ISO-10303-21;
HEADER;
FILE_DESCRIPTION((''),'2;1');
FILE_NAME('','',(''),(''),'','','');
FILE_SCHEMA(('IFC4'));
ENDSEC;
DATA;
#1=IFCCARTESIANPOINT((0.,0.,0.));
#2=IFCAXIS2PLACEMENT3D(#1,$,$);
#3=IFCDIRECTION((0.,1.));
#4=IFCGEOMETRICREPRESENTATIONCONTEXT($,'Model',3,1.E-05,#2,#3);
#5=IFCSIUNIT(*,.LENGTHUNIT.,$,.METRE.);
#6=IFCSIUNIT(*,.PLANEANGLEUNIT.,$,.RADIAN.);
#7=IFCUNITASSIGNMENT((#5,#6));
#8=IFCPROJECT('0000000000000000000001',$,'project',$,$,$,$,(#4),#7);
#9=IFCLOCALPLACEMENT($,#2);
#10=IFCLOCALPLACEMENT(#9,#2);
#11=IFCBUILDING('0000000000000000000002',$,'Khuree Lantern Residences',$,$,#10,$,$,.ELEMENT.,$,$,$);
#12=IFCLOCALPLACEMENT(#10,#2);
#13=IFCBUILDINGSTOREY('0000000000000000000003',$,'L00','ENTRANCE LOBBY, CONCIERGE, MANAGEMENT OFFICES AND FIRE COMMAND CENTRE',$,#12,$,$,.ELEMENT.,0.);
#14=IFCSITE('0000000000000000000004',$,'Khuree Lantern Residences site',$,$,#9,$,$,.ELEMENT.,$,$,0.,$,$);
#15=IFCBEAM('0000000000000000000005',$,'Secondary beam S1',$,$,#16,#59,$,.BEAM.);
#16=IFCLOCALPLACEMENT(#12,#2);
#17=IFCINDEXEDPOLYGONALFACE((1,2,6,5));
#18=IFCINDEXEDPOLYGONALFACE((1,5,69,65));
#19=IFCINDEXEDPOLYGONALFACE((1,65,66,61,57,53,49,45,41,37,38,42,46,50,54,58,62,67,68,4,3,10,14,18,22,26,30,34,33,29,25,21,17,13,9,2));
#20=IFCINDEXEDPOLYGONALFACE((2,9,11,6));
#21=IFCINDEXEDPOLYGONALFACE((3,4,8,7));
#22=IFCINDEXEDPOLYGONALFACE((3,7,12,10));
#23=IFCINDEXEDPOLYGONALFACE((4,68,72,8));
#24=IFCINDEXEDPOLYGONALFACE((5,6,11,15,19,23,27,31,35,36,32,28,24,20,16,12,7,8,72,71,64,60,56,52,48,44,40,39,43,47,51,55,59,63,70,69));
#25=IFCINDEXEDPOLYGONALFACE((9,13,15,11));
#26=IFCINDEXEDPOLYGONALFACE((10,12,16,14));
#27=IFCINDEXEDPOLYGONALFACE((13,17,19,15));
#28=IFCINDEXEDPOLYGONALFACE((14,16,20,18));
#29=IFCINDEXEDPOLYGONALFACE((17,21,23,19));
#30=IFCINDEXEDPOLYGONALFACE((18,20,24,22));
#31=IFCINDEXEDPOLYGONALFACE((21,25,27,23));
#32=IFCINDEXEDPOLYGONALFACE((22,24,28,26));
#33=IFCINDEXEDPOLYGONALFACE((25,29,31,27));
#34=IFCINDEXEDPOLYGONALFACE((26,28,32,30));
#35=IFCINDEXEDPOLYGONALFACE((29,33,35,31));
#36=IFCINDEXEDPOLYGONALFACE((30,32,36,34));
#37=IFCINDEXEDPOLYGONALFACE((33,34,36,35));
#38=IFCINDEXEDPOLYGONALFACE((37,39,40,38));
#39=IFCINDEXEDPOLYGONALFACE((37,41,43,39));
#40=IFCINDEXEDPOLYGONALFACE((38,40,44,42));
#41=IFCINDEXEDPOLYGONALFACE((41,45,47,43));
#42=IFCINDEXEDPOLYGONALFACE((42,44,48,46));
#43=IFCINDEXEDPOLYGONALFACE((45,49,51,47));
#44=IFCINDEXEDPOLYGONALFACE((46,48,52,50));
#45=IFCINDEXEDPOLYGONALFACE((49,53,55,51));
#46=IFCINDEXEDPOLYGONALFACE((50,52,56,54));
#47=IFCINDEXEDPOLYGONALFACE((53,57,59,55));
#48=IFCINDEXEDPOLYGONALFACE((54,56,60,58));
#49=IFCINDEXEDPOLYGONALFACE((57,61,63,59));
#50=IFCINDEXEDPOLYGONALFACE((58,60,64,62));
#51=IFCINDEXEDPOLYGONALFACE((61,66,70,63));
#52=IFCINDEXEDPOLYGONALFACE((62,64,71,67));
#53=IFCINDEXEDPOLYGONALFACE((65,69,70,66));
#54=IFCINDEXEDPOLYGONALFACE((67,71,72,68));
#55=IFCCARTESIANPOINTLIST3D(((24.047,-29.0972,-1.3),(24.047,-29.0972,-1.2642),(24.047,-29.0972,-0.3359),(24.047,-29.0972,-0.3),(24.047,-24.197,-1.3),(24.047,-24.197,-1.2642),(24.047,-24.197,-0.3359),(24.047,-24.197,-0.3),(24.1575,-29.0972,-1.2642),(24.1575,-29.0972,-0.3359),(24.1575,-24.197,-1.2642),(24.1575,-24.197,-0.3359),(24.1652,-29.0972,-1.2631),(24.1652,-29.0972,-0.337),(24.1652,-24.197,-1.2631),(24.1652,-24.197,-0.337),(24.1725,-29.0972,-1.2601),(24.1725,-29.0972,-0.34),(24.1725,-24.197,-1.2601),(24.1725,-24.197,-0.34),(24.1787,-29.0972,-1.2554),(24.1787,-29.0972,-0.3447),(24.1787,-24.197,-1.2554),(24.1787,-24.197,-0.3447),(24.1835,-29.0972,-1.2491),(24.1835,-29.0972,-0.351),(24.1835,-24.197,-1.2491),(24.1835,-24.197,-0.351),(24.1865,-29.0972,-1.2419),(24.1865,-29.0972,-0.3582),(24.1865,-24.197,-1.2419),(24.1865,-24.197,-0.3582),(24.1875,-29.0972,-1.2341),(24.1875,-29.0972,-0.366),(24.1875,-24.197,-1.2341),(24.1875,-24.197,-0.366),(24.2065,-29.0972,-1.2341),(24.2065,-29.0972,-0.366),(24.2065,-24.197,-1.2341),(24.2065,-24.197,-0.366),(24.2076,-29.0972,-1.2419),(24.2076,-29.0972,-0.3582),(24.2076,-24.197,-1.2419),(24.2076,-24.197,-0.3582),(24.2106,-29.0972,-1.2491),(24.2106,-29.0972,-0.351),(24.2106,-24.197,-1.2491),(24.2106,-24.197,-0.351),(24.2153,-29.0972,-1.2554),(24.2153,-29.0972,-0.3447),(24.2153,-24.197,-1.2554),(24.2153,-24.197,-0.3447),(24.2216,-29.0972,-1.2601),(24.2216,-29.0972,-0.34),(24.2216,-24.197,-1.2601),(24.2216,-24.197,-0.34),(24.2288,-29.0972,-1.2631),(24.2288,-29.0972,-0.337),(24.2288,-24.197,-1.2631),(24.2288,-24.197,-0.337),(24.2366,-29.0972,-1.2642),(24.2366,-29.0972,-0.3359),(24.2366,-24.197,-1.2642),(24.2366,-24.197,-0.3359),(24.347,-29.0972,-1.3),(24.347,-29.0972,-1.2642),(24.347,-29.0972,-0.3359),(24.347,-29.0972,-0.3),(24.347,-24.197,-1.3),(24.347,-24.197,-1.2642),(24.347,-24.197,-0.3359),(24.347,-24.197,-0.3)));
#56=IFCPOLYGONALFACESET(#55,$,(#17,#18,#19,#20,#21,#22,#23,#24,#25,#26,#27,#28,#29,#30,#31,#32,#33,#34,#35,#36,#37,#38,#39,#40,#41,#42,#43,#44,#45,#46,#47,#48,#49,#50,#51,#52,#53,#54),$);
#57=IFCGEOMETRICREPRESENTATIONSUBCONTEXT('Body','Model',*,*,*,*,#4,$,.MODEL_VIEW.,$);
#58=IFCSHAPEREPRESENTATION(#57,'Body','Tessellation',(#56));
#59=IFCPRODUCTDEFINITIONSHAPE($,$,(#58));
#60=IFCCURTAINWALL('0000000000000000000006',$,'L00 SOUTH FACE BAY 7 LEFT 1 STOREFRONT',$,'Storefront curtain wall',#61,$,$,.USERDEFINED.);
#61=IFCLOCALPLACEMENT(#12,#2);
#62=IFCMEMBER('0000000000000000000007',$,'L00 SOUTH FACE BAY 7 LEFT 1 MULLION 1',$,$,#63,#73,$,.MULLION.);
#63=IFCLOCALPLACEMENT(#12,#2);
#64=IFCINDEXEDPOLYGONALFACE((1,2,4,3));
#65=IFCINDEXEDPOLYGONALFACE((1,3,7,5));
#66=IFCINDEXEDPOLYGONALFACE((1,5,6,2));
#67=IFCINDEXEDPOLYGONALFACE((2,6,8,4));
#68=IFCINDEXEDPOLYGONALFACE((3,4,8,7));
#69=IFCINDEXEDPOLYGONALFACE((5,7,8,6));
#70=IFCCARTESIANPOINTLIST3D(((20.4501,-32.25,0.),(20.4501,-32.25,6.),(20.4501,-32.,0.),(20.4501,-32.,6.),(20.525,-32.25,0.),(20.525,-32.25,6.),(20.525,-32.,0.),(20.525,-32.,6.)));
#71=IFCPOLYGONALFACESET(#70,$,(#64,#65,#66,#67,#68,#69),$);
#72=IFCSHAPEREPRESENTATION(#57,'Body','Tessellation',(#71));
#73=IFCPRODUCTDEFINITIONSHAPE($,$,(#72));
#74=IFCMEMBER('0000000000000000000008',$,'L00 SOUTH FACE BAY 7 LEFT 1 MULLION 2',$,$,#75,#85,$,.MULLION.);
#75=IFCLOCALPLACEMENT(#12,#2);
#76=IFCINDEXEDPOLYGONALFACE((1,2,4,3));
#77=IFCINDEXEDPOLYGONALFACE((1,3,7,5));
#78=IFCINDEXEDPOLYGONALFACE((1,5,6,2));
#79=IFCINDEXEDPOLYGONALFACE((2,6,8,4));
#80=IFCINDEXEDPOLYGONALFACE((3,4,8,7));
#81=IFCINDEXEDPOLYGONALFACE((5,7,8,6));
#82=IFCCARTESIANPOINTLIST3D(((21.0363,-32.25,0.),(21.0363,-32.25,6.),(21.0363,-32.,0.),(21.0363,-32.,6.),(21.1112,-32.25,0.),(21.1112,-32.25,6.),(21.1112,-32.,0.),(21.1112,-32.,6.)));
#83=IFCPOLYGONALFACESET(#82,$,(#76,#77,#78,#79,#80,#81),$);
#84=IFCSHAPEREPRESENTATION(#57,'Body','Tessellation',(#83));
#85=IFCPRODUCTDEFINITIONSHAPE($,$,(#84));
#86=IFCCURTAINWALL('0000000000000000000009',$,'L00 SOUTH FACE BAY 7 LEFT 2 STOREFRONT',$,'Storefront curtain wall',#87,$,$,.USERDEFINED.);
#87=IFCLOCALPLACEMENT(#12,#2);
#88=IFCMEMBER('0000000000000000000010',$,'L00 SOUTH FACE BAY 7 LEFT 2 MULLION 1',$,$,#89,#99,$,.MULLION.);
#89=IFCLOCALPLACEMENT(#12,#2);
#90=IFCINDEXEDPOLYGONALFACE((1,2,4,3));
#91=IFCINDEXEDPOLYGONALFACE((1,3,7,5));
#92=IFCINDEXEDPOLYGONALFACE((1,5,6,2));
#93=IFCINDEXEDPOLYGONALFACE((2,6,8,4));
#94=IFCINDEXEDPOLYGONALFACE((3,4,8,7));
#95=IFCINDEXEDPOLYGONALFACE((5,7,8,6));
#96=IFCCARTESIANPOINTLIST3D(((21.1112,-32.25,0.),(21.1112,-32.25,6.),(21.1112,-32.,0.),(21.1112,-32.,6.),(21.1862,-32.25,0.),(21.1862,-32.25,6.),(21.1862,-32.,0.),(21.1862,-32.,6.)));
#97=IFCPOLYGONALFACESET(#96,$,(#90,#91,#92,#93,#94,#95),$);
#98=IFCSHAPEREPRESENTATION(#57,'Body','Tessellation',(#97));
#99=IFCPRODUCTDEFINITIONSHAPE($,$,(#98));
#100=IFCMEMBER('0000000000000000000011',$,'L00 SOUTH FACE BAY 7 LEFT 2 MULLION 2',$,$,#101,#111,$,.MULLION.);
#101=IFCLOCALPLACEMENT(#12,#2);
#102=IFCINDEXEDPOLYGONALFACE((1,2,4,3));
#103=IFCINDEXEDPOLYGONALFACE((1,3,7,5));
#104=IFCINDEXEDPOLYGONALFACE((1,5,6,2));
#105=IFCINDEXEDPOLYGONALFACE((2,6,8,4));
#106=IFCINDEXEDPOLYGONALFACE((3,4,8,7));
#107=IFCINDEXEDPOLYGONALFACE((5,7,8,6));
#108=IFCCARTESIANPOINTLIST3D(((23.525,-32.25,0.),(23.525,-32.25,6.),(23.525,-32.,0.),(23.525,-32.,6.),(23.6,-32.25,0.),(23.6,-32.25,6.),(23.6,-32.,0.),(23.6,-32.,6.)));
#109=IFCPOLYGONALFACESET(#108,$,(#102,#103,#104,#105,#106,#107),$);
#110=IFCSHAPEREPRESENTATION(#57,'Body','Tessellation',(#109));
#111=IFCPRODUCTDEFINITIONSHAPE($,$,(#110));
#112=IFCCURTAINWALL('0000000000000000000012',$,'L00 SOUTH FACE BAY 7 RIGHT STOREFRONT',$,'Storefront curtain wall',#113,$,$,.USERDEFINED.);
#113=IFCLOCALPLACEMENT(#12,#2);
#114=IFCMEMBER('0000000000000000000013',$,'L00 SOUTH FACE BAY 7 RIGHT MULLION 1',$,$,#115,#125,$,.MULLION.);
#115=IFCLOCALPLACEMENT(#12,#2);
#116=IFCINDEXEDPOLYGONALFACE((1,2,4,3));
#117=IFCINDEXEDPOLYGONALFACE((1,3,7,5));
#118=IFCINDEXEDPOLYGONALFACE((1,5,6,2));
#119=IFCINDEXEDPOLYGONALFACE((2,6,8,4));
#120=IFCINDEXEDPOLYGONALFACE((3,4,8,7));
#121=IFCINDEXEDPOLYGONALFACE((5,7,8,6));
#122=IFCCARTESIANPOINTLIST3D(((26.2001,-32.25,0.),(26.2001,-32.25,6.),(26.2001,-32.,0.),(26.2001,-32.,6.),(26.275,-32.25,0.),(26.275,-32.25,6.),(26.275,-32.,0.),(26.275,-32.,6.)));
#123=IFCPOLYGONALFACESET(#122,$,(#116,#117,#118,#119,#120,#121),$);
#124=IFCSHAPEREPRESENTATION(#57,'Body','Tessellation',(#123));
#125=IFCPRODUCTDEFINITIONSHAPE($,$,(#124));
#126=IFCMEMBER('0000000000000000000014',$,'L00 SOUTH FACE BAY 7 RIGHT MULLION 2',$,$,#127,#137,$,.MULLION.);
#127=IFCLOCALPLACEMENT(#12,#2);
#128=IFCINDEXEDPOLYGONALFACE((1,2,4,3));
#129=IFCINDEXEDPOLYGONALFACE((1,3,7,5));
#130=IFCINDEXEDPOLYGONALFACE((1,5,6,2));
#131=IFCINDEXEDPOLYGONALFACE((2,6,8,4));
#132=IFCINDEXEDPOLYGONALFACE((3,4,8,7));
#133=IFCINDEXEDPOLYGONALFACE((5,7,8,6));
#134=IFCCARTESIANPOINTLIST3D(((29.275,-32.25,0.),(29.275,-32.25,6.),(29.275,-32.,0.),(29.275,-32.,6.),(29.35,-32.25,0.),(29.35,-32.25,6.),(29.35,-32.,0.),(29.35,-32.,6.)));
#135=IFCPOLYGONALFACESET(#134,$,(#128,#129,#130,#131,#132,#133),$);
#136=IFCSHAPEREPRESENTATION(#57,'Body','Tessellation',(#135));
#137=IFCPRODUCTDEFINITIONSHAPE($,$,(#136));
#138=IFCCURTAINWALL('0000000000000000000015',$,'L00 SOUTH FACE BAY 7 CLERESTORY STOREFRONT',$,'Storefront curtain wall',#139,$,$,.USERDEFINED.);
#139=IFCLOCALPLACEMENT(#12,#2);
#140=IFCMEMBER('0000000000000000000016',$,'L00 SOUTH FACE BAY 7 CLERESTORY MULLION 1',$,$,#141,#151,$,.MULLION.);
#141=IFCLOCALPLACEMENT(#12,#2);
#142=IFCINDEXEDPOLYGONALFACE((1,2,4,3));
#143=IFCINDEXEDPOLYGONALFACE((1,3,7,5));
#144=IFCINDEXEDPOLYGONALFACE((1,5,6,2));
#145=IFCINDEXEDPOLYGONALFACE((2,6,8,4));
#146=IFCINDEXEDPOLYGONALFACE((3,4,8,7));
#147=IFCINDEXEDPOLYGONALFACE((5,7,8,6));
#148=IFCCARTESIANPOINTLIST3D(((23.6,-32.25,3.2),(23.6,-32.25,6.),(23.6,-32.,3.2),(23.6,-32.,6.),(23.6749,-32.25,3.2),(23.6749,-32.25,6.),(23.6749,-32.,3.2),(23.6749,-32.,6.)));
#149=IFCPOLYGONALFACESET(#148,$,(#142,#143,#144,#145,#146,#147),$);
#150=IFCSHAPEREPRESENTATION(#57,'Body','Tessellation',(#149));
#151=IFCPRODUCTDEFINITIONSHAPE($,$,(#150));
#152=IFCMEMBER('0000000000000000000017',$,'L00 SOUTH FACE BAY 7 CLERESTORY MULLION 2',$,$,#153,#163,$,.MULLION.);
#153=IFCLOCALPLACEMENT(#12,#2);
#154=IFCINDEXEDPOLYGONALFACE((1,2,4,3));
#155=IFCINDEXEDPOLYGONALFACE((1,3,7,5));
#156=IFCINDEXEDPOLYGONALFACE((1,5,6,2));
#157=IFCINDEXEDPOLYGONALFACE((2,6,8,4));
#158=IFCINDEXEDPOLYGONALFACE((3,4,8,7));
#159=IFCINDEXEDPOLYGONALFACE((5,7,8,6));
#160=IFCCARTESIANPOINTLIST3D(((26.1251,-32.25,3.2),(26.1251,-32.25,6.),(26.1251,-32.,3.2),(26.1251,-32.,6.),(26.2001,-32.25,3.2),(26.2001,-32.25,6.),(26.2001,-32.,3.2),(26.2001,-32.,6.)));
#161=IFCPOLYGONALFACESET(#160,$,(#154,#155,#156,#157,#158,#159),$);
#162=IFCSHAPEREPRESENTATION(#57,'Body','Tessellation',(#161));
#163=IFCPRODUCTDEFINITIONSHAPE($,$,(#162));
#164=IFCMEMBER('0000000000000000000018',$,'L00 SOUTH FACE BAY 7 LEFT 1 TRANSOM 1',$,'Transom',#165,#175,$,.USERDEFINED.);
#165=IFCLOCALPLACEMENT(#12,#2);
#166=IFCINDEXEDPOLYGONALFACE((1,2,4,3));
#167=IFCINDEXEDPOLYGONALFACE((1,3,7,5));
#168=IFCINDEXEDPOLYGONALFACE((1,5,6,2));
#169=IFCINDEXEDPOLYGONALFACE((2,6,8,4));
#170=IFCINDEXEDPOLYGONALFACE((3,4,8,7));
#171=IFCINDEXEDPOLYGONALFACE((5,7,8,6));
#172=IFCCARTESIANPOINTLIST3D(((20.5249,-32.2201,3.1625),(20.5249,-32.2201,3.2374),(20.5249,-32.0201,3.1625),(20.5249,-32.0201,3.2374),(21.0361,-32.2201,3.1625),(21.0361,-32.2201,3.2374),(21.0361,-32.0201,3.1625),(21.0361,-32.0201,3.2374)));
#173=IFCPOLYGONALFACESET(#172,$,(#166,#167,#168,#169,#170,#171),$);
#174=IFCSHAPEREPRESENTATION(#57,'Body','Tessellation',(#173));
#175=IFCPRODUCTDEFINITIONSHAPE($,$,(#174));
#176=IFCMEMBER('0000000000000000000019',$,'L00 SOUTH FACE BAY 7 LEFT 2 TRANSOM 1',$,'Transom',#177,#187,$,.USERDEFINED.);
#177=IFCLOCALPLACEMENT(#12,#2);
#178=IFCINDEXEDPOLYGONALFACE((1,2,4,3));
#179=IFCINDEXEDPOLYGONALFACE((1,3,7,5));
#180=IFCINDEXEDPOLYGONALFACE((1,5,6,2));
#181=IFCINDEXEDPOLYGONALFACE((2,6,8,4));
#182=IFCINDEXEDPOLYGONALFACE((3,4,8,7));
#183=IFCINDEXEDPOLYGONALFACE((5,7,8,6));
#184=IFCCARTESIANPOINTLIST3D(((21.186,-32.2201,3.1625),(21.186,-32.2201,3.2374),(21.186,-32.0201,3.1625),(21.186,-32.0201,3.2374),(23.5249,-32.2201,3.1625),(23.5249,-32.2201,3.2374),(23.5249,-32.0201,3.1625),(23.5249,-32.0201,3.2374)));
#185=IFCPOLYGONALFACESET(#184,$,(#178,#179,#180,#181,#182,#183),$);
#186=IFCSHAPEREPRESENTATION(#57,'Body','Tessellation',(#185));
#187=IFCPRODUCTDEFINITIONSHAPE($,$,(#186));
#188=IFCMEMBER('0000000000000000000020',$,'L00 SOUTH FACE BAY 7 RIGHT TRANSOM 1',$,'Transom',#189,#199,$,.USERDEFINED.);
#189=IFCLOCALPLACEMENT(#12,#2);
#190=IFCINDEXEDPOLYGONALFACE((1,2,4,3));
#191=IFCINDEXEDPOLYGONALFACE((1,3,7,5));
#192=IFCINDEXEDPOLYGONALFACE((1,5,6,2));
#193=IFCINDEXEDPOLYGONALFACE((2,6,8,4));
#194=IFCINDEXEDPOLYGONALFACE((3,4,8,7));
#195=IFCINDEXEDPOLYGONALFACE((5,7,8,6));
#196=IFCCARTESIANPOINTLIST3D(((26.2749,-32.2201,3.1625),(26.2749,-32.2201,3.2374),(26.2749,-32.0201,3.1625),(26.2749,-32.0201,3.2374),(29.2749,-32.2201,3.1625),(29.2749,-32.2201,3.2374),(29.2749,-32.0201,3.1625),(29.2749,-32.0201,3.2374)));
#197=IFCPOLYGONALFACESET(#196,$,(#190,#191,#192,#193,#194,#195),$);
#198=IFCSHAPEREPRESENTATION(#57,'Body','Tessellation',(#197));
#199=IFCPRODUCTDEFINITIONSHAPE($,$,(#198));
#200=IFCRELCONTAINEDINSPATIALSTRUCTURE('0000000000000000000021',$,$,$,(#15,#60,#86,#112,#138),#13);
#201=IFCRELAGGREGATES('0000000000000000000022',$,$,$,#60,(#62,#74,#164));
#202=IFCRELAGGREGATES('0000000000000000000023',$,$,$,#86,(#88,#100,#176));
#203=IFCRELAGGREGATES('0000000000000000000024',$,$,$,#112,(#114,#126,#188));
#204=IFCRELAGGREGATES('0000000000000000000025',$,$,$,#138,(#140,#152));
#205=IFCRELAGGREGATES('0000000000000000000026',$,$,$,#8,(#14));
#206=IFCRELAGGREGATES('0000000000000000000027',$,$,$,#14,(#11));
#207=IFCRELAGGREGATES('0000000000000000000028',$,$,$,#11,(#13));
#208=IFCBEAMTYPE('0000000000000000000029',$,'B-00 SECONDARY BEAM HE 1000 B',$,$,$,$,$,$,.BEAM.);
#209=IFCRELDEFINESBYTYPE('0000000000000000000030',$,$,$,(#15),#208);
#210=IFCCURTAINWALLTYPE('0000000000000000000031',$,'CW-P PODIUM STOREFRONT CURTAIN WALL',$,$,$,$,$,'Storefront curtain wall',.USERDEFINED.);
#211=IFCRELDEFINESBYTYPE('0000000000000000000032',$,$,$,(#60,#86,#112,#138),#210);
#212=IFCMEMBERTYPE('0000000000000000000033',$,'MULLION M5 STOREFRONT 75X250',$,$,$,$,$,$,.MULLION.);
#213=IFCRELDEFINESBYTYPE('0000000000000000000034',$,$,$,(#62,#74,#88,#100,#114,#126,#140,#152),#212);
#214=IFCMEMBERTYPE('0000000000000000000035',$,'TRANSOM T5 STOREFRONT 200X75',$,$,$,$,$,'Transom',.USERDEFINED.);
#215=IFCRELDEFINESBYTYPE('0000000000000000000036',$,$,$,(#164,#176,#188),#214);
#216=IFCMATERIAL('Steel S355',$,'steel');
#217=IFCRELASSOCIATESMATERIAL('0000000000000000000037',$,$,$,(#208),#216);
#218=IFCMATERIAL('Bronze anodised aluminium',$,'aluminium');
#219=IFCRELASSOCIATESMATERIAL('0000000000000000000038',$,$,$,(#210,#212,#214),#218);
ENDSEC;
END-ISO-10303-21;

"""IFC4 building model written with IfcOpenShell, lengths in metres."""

from ifc_helpers import new_model, si_unit, direction, frame, origin, origin_2d, place, context, subcontext, project, spatial, rectangle, i_section, extrude, material, material_profile, profile_set, type_object, element, aggregate, save


model = new_model("IFC4")

# Units and contexts
model_context = context("Model", 3, precision=1e-05, world=origin(), true_north=direction((0.0, 1.0)))
body_context = subcontext(model_context, "Body", "Model", "MODEL_VIEW")
ifc_project = project(units=[si_unit("LENGTHUNIT", "METRE"), si_unit("PLANEANGLEUNIT", "RADIAN")], contexts=[model_context])

# Site, building, storey
site_placement = place(None, origin())
site = spatial("IfcSite", under=ifc_project, at=site_placement, Name="Khuree Lantern Residences site", CompositionType="ELEMENT", RefElevation=0.0)
building_placement = place(site_placement, origin())
building = spatial("IfcBuilding", under=site, at=building_placement, Name="Khuree Lantern Residences", CompositionType="ELEMENT")
storey_placement = place(building_placement, origin())
storey = spatial("IfcBuildingStorey", under=building, at=storey_placement, Name="L00", Description="ENTRANCE LOBBY, CONCIERGE, MANAGEMENT OFFICES AND FIRE COMMAND CENTRE", CompositionType="ELEMENT", Elevation=0.0)

# Beam
ifc_material_1 = material(Name="Steel S355", Category="steel")
ifc_material_profile_1 = material_profile(ifc_material_1, i_section(OverallWidth=0.3, OverallDepth=1.0, WebThickness=0.019, FlangeThickness=0.0359, FilletRadius=0.03, at=origin_2d()), Name="HE 1000 B")
ifc_profile_set_1 = profile_set([ifc_material_profile_1], Name="Steel S355")
beam_type = type_object("IfcBeamType", Name="B-00 SECONDARY BEAM HE 1000 B", PredefinedType="BEAM", material=ifc_profile_set_1)
beam_placement = place(storey_placement, frame((24.197, -29.0972, -0.8), z_axis=(0.0, 1.0, 0.0), x_axis=(-1.0, 0.0, 0.0)))
element("IfcBeam", 1, at=beam_placement, inside=storey, type_object=beam_type, Name="Secondary beam S1", PredefinedType="BEAM", context=body_context, shape_type="SweptSolid", body=[
    extrude(i_section(OverallWidth=0.3, OverallDepth=1.0, WebThickness=0.019, FlangeThickness=0.0359, FilletRadius=0.03, at=origin_2d()), origin(), (0.0, 0.0, 1.0), 4.9001),
])

# Curtain walls, members
ifc_material_2 = material(Name="Bronze anodised aluminium", Category="aluminium")
curtain_wall_type = type_object("IfcCurtainWallType", Name="CW-P PODIUM STOREFRONT CURTAIN WALL", ElementType="Storefront curtain wall", PredefinedType="USERDEFINED", material=ifc_material_2)
curtain_wall_1_placement = place(storey_placement, origin())
curtain_wall_1 = element("IfcCurtainWall", 2, at=curtain_wall_1_placement, inside=storey, type_object=curtain_wall_type, Name="L00 SOUTH FACE BAY 7 LEFT 1 STOREFRONT", ObjectType="Storefront curtain wall", PredefinedType="USERDEFINED")
ifc_material_profile_2 = material_profile(ifc_material_2, rectangle(XDim=0.075, YDim=0.25, at=origin_2d()), Name="M5 75X250")
ifc_profile_set_2 = profile_set([ifc_material_profile_2], Name="Bronze anodised aluminium")
member_type_1 = type_object("IfcMemberType", Name="MULLION M5 STOREFRONT 75X250", PredefinedType="MULLION", material=ifc_profile_set_2)
member_1_placement = place(storey_placement, frame((20.4875, -32.125, 0.0), z_axis=(0.0, 0.0, 1.0), x_axis=(1.0, 0.0, 0.0)))
member_1 = element("IfcMember", 3, at=member_1_placement, type_object=member_type_1, Name="L00 SOUTH FACE BAY 7 LEFT 1 MULLION 1", PredefinedType="MULLION", context=body_context, shape_type="SweptSolid", body=[
    extrude(rectangle(XDim=0.075, YDim=0.25, at=origin_2d()), origin(), (0.0, 0.0, 1.0), 6.0),
])
member_2_placement = place(storey_placement, frame((21.0737, -32.125, 0.0), z_axis=(0.0, 0.0, 1.0), x_axis=(1.0, 0.0, 0.0)))
member_2 = element("IfcMember", 4, at=member_2_placement, type_object=member_type_1, Name="L00 SOUTH FACE BAY 7 LEFT 1 MULLION 2", PredefinedType="MULLION", context=body_context, shape_type="SweptSolid", body=[
    extrude(rectangle(XDim=0.075, YDim=0.25, at=origin_2d()), origin(), (0.0, 0.0, 1.0), 6.0),
])
curtain_wall_2_placement = place(storey_placement, origin())
curtain_wall_2 = element("IfcCurtainWall", 5, at=curtain_wall_2_placement, inside=storey, type_object=curtain_wall_type, Name="L00 SOUTH FACE BAY 7 LEFT 2 STOREFRONT", ObjectType="Storefront curtain wall", PredefinedType="USERDEFINED")
member_3_placement = place(storey_placement, frame((21.1487, -32.125, 0.0), z_axis=(0.0, 0.0, 1.0), x_axis=(1.0, 0.0, 0.0)))
member_3 = element("IfcMember", 6, at=member_3_placement, type_object=member_type_1, Name="L00 SOUTH FACE BAY 7 LEFT 2 MULLION 1", PredefinedType="MULLION", context=body_context, shape_type="SweptSolid", body=[
    extrude(rectangle(XDim=0.075, YDim=0.25, at=origin_2d()), origin(), (0.0, 0.0, 1.0), 6.0),
])
member_4_placement = place(storey_placement, frame((23.5625, -32.125, 0.0), z_axis=(0.0, 0.0, 1.0), x_axis=(1.0, 0.0, 0.0)))
member_4 = element("IfcMember", 7, at=member_4_placement, type_object=member_type_1, Name="L00 SOUTH FACE BAY 7 LEFT 2 MULLION 2", PredefinedType="MULLION", context=body_context, shape_type="SweptSolid", body=[
    extrude(rectangle(XDim=0.075, YDim=0.25, at=origin_2d()), origin(), (0.0, 0.0, 1.0), 6.0),
])
curtain_wall_3_placement = place(storey_placement, origin())
curtain_wall_3 = element("IfcCurtainWall", 8, at=curtain_wall_3_placement, inside=storey, type_object=curtain_wall_type, Name="L00 SOUTH FACE BAY 7 RIGHT STOREFRONT", ObjectType="Storefront curtain wall", PredefinedType="USERDEFINED")
member_5_placement = place(storey_placement, frame((26.2375, -32.125, 0.0), z_axis=(0.0, 0.0, 1.0), x_axis=(1.0, 0.0, 0.0)))
member_5 = element("IfcMember", 9, at=member_5_placement, type_object=member_type_1, Name="L00 SOUTH FACE BAY 7 RIGHT MULLION 1", PredefinedType="MULLION", context=body_context, shape_type="SweptSolid", body=[
    extrude(rectangle(XDim=0.075, YDim=0.25, at=origin_2d()), origin(), (0.0, 0.0, 1.0), 6.0),
])
member_6_placement = place(storey_placement, frame((29.3125, -32.125, 0.0), z_axis=(0.0, 0.0, 1.0), x_axis=(1.0, 0.0, 0.0)))
member_6 = element("IfcMember", 10, at=member_6_placement, type_object=member_type_1, Name="L00 SOUTH FACE BAY 7 RIGHT MULLION 2", PredefinedType="MULLION", context=body_context, shape_type="SweptSolid", body=[
    extrude(rectangle(XDim=0.075, YDim=0.25, at=origin_2d()), origin(), (0.0, 0.0, 1.0), 6.0),
])
curtain_wall_4_placement = place(storey_placement, origin())
curtain_wall_4 = element("IfcCurtainWall", 11, at=curtain_wall_4_placement, inside=storey, type_object=curtain_wall_type, Name="L00 SOUTH FACE BAY 7 CLERESTORY STOREFRONT", ObjectType="Storefront curtain wall", PredefinedType="USERDEFINED")
member_7_placement = place(storey_placement, frame((23.6375, -32.125, 3.2), z_axis=(0.0, 0.0, 1.0), x_axis=(1.0, 0.0, 0.0)))
member_7 = element("IfcMember", 12, at=member_7_placement, type_object=member_type_1, Name="L00 SOUTH FACE BAY 7 CLERESTORY MULLION 1", PredefinedType="MULLION", context=body_context, shape_type="SweptSolid", body=[
    extrude(rectangle(XDim=0.075, YDim=0.25, at=origin_2d()), origin(), (0.0, 0.0, 1.0), 2.8),
])
member_8_placement = place(storey_placement, frame((26.1626, -32.125, 3.2), z_axis=(0.0, 0.0, 1.0), x_axis=(1.0, 0.0, 0.0)))
member_8 = element("IfcMember", 13, at=member_8_placement, type_object=member_type_1, Name="L00 SOUTH FACE BAY 7 CLERESTORY MULLION 2", PredefinedType="MULLION", context=body_context, shape_type="SweptSolid", body=[
    extrude(rectangle(XDim=0.075, YDim=0.25, at=origin_2d()), origin(), (0.0, 0.0, 1.0), 2.8),
])

# Members
ifc_material_profile_3 = material_profile(ifc_material_2, rectangle(XDim=0.2, YDim=0.075, at=origin_2d()), Name="T5 200X75")
ifc_profile_set_3 = profile_set([ifc_material_profile_3], Name="Bronze anodised aluminium")
member_type_2 = type_object("IfcMemberType", Name="TRANSOM T5 STOREFRONT 200X75", ElementType="Transom", PredefinedType="USERDEFINED", material=ifc_profile_set_3)
member_9_placement = place(storey_placement, frame((20.5249, -32.1201, 3.2), z_axis=(1.0, 0.0, 0.0), x_axis=(0.0, 1.0, 0.0)))
member_9 = element("IfcMember", 14, at=member_9_placement, type_object=member_type_2, Name="L00 SOUTH FACE BAY 7 LEFT 1 TRANSOM 1", ObjectType="Transom", PredefinedType="USERDEFINED", context=body_context, shape_type="SweptSolid", body=[
    extrude(rectangle(XDim=0.2, YDim=0.075, at=origin_2d()), origin(), (0.0, 0.0, 1.0), 0.5112),
])
member_10_placement = place(storey_placement, frame((21.186, -32.1201, 3.2), z_axis=(1.0, 0.0, 0.0), x_axis=(0.0, 1.0, 0.0)))
member_10 = element("IfcMember", 15, at=member_10_placement, type_object=member_type_2, Name="L00 SOUTH FACE BAY 7 LEFT 2 TRANSOM 1", ObjectType="Transom", PredefinedType="USERDEFINED", context=body_context, shape_type="SweptSolid", body=[
    extrude(rectangle(XDim=0.2, YDim=0.075, at=origin_2d()), origin(), (0.0, 0.0, 1.0), 2.3389),
])
member_11_placement = place(storey_placement, frame((26.2749, -32.1201, 3.2), z_axis=(1.0, 0.0, 0.0), x_axis=(0.0, 1.0, 0.0)))
member_11 = element("IfcMember", 16, at=member_11_placement, type_object=member_type_2, Name="L00 SOUTH FACE BAY 7 RIGHT TRANSOM 1", ObjectType="Transom", PredefinedType="USERDEFINED", context=body_context, shape_type="SweptSolid", body=[
    extrude(rectangle(XDim=0.2, YDim=0.075, at=origin_2d()), origin(), (0.0, 0.0, 1.0), 3.0),
])

aggregate(curtain_wall_1, [member_1, member_2, member_9])
aggregate(curtain_wall_2, [member_3, member_4, member_10])
aggregate(curtain_wall_3, [member_5, member_6, member_11])
aggregate(curtain_wall_4, [member_7, member_8])

save(model, "model.ifc")
